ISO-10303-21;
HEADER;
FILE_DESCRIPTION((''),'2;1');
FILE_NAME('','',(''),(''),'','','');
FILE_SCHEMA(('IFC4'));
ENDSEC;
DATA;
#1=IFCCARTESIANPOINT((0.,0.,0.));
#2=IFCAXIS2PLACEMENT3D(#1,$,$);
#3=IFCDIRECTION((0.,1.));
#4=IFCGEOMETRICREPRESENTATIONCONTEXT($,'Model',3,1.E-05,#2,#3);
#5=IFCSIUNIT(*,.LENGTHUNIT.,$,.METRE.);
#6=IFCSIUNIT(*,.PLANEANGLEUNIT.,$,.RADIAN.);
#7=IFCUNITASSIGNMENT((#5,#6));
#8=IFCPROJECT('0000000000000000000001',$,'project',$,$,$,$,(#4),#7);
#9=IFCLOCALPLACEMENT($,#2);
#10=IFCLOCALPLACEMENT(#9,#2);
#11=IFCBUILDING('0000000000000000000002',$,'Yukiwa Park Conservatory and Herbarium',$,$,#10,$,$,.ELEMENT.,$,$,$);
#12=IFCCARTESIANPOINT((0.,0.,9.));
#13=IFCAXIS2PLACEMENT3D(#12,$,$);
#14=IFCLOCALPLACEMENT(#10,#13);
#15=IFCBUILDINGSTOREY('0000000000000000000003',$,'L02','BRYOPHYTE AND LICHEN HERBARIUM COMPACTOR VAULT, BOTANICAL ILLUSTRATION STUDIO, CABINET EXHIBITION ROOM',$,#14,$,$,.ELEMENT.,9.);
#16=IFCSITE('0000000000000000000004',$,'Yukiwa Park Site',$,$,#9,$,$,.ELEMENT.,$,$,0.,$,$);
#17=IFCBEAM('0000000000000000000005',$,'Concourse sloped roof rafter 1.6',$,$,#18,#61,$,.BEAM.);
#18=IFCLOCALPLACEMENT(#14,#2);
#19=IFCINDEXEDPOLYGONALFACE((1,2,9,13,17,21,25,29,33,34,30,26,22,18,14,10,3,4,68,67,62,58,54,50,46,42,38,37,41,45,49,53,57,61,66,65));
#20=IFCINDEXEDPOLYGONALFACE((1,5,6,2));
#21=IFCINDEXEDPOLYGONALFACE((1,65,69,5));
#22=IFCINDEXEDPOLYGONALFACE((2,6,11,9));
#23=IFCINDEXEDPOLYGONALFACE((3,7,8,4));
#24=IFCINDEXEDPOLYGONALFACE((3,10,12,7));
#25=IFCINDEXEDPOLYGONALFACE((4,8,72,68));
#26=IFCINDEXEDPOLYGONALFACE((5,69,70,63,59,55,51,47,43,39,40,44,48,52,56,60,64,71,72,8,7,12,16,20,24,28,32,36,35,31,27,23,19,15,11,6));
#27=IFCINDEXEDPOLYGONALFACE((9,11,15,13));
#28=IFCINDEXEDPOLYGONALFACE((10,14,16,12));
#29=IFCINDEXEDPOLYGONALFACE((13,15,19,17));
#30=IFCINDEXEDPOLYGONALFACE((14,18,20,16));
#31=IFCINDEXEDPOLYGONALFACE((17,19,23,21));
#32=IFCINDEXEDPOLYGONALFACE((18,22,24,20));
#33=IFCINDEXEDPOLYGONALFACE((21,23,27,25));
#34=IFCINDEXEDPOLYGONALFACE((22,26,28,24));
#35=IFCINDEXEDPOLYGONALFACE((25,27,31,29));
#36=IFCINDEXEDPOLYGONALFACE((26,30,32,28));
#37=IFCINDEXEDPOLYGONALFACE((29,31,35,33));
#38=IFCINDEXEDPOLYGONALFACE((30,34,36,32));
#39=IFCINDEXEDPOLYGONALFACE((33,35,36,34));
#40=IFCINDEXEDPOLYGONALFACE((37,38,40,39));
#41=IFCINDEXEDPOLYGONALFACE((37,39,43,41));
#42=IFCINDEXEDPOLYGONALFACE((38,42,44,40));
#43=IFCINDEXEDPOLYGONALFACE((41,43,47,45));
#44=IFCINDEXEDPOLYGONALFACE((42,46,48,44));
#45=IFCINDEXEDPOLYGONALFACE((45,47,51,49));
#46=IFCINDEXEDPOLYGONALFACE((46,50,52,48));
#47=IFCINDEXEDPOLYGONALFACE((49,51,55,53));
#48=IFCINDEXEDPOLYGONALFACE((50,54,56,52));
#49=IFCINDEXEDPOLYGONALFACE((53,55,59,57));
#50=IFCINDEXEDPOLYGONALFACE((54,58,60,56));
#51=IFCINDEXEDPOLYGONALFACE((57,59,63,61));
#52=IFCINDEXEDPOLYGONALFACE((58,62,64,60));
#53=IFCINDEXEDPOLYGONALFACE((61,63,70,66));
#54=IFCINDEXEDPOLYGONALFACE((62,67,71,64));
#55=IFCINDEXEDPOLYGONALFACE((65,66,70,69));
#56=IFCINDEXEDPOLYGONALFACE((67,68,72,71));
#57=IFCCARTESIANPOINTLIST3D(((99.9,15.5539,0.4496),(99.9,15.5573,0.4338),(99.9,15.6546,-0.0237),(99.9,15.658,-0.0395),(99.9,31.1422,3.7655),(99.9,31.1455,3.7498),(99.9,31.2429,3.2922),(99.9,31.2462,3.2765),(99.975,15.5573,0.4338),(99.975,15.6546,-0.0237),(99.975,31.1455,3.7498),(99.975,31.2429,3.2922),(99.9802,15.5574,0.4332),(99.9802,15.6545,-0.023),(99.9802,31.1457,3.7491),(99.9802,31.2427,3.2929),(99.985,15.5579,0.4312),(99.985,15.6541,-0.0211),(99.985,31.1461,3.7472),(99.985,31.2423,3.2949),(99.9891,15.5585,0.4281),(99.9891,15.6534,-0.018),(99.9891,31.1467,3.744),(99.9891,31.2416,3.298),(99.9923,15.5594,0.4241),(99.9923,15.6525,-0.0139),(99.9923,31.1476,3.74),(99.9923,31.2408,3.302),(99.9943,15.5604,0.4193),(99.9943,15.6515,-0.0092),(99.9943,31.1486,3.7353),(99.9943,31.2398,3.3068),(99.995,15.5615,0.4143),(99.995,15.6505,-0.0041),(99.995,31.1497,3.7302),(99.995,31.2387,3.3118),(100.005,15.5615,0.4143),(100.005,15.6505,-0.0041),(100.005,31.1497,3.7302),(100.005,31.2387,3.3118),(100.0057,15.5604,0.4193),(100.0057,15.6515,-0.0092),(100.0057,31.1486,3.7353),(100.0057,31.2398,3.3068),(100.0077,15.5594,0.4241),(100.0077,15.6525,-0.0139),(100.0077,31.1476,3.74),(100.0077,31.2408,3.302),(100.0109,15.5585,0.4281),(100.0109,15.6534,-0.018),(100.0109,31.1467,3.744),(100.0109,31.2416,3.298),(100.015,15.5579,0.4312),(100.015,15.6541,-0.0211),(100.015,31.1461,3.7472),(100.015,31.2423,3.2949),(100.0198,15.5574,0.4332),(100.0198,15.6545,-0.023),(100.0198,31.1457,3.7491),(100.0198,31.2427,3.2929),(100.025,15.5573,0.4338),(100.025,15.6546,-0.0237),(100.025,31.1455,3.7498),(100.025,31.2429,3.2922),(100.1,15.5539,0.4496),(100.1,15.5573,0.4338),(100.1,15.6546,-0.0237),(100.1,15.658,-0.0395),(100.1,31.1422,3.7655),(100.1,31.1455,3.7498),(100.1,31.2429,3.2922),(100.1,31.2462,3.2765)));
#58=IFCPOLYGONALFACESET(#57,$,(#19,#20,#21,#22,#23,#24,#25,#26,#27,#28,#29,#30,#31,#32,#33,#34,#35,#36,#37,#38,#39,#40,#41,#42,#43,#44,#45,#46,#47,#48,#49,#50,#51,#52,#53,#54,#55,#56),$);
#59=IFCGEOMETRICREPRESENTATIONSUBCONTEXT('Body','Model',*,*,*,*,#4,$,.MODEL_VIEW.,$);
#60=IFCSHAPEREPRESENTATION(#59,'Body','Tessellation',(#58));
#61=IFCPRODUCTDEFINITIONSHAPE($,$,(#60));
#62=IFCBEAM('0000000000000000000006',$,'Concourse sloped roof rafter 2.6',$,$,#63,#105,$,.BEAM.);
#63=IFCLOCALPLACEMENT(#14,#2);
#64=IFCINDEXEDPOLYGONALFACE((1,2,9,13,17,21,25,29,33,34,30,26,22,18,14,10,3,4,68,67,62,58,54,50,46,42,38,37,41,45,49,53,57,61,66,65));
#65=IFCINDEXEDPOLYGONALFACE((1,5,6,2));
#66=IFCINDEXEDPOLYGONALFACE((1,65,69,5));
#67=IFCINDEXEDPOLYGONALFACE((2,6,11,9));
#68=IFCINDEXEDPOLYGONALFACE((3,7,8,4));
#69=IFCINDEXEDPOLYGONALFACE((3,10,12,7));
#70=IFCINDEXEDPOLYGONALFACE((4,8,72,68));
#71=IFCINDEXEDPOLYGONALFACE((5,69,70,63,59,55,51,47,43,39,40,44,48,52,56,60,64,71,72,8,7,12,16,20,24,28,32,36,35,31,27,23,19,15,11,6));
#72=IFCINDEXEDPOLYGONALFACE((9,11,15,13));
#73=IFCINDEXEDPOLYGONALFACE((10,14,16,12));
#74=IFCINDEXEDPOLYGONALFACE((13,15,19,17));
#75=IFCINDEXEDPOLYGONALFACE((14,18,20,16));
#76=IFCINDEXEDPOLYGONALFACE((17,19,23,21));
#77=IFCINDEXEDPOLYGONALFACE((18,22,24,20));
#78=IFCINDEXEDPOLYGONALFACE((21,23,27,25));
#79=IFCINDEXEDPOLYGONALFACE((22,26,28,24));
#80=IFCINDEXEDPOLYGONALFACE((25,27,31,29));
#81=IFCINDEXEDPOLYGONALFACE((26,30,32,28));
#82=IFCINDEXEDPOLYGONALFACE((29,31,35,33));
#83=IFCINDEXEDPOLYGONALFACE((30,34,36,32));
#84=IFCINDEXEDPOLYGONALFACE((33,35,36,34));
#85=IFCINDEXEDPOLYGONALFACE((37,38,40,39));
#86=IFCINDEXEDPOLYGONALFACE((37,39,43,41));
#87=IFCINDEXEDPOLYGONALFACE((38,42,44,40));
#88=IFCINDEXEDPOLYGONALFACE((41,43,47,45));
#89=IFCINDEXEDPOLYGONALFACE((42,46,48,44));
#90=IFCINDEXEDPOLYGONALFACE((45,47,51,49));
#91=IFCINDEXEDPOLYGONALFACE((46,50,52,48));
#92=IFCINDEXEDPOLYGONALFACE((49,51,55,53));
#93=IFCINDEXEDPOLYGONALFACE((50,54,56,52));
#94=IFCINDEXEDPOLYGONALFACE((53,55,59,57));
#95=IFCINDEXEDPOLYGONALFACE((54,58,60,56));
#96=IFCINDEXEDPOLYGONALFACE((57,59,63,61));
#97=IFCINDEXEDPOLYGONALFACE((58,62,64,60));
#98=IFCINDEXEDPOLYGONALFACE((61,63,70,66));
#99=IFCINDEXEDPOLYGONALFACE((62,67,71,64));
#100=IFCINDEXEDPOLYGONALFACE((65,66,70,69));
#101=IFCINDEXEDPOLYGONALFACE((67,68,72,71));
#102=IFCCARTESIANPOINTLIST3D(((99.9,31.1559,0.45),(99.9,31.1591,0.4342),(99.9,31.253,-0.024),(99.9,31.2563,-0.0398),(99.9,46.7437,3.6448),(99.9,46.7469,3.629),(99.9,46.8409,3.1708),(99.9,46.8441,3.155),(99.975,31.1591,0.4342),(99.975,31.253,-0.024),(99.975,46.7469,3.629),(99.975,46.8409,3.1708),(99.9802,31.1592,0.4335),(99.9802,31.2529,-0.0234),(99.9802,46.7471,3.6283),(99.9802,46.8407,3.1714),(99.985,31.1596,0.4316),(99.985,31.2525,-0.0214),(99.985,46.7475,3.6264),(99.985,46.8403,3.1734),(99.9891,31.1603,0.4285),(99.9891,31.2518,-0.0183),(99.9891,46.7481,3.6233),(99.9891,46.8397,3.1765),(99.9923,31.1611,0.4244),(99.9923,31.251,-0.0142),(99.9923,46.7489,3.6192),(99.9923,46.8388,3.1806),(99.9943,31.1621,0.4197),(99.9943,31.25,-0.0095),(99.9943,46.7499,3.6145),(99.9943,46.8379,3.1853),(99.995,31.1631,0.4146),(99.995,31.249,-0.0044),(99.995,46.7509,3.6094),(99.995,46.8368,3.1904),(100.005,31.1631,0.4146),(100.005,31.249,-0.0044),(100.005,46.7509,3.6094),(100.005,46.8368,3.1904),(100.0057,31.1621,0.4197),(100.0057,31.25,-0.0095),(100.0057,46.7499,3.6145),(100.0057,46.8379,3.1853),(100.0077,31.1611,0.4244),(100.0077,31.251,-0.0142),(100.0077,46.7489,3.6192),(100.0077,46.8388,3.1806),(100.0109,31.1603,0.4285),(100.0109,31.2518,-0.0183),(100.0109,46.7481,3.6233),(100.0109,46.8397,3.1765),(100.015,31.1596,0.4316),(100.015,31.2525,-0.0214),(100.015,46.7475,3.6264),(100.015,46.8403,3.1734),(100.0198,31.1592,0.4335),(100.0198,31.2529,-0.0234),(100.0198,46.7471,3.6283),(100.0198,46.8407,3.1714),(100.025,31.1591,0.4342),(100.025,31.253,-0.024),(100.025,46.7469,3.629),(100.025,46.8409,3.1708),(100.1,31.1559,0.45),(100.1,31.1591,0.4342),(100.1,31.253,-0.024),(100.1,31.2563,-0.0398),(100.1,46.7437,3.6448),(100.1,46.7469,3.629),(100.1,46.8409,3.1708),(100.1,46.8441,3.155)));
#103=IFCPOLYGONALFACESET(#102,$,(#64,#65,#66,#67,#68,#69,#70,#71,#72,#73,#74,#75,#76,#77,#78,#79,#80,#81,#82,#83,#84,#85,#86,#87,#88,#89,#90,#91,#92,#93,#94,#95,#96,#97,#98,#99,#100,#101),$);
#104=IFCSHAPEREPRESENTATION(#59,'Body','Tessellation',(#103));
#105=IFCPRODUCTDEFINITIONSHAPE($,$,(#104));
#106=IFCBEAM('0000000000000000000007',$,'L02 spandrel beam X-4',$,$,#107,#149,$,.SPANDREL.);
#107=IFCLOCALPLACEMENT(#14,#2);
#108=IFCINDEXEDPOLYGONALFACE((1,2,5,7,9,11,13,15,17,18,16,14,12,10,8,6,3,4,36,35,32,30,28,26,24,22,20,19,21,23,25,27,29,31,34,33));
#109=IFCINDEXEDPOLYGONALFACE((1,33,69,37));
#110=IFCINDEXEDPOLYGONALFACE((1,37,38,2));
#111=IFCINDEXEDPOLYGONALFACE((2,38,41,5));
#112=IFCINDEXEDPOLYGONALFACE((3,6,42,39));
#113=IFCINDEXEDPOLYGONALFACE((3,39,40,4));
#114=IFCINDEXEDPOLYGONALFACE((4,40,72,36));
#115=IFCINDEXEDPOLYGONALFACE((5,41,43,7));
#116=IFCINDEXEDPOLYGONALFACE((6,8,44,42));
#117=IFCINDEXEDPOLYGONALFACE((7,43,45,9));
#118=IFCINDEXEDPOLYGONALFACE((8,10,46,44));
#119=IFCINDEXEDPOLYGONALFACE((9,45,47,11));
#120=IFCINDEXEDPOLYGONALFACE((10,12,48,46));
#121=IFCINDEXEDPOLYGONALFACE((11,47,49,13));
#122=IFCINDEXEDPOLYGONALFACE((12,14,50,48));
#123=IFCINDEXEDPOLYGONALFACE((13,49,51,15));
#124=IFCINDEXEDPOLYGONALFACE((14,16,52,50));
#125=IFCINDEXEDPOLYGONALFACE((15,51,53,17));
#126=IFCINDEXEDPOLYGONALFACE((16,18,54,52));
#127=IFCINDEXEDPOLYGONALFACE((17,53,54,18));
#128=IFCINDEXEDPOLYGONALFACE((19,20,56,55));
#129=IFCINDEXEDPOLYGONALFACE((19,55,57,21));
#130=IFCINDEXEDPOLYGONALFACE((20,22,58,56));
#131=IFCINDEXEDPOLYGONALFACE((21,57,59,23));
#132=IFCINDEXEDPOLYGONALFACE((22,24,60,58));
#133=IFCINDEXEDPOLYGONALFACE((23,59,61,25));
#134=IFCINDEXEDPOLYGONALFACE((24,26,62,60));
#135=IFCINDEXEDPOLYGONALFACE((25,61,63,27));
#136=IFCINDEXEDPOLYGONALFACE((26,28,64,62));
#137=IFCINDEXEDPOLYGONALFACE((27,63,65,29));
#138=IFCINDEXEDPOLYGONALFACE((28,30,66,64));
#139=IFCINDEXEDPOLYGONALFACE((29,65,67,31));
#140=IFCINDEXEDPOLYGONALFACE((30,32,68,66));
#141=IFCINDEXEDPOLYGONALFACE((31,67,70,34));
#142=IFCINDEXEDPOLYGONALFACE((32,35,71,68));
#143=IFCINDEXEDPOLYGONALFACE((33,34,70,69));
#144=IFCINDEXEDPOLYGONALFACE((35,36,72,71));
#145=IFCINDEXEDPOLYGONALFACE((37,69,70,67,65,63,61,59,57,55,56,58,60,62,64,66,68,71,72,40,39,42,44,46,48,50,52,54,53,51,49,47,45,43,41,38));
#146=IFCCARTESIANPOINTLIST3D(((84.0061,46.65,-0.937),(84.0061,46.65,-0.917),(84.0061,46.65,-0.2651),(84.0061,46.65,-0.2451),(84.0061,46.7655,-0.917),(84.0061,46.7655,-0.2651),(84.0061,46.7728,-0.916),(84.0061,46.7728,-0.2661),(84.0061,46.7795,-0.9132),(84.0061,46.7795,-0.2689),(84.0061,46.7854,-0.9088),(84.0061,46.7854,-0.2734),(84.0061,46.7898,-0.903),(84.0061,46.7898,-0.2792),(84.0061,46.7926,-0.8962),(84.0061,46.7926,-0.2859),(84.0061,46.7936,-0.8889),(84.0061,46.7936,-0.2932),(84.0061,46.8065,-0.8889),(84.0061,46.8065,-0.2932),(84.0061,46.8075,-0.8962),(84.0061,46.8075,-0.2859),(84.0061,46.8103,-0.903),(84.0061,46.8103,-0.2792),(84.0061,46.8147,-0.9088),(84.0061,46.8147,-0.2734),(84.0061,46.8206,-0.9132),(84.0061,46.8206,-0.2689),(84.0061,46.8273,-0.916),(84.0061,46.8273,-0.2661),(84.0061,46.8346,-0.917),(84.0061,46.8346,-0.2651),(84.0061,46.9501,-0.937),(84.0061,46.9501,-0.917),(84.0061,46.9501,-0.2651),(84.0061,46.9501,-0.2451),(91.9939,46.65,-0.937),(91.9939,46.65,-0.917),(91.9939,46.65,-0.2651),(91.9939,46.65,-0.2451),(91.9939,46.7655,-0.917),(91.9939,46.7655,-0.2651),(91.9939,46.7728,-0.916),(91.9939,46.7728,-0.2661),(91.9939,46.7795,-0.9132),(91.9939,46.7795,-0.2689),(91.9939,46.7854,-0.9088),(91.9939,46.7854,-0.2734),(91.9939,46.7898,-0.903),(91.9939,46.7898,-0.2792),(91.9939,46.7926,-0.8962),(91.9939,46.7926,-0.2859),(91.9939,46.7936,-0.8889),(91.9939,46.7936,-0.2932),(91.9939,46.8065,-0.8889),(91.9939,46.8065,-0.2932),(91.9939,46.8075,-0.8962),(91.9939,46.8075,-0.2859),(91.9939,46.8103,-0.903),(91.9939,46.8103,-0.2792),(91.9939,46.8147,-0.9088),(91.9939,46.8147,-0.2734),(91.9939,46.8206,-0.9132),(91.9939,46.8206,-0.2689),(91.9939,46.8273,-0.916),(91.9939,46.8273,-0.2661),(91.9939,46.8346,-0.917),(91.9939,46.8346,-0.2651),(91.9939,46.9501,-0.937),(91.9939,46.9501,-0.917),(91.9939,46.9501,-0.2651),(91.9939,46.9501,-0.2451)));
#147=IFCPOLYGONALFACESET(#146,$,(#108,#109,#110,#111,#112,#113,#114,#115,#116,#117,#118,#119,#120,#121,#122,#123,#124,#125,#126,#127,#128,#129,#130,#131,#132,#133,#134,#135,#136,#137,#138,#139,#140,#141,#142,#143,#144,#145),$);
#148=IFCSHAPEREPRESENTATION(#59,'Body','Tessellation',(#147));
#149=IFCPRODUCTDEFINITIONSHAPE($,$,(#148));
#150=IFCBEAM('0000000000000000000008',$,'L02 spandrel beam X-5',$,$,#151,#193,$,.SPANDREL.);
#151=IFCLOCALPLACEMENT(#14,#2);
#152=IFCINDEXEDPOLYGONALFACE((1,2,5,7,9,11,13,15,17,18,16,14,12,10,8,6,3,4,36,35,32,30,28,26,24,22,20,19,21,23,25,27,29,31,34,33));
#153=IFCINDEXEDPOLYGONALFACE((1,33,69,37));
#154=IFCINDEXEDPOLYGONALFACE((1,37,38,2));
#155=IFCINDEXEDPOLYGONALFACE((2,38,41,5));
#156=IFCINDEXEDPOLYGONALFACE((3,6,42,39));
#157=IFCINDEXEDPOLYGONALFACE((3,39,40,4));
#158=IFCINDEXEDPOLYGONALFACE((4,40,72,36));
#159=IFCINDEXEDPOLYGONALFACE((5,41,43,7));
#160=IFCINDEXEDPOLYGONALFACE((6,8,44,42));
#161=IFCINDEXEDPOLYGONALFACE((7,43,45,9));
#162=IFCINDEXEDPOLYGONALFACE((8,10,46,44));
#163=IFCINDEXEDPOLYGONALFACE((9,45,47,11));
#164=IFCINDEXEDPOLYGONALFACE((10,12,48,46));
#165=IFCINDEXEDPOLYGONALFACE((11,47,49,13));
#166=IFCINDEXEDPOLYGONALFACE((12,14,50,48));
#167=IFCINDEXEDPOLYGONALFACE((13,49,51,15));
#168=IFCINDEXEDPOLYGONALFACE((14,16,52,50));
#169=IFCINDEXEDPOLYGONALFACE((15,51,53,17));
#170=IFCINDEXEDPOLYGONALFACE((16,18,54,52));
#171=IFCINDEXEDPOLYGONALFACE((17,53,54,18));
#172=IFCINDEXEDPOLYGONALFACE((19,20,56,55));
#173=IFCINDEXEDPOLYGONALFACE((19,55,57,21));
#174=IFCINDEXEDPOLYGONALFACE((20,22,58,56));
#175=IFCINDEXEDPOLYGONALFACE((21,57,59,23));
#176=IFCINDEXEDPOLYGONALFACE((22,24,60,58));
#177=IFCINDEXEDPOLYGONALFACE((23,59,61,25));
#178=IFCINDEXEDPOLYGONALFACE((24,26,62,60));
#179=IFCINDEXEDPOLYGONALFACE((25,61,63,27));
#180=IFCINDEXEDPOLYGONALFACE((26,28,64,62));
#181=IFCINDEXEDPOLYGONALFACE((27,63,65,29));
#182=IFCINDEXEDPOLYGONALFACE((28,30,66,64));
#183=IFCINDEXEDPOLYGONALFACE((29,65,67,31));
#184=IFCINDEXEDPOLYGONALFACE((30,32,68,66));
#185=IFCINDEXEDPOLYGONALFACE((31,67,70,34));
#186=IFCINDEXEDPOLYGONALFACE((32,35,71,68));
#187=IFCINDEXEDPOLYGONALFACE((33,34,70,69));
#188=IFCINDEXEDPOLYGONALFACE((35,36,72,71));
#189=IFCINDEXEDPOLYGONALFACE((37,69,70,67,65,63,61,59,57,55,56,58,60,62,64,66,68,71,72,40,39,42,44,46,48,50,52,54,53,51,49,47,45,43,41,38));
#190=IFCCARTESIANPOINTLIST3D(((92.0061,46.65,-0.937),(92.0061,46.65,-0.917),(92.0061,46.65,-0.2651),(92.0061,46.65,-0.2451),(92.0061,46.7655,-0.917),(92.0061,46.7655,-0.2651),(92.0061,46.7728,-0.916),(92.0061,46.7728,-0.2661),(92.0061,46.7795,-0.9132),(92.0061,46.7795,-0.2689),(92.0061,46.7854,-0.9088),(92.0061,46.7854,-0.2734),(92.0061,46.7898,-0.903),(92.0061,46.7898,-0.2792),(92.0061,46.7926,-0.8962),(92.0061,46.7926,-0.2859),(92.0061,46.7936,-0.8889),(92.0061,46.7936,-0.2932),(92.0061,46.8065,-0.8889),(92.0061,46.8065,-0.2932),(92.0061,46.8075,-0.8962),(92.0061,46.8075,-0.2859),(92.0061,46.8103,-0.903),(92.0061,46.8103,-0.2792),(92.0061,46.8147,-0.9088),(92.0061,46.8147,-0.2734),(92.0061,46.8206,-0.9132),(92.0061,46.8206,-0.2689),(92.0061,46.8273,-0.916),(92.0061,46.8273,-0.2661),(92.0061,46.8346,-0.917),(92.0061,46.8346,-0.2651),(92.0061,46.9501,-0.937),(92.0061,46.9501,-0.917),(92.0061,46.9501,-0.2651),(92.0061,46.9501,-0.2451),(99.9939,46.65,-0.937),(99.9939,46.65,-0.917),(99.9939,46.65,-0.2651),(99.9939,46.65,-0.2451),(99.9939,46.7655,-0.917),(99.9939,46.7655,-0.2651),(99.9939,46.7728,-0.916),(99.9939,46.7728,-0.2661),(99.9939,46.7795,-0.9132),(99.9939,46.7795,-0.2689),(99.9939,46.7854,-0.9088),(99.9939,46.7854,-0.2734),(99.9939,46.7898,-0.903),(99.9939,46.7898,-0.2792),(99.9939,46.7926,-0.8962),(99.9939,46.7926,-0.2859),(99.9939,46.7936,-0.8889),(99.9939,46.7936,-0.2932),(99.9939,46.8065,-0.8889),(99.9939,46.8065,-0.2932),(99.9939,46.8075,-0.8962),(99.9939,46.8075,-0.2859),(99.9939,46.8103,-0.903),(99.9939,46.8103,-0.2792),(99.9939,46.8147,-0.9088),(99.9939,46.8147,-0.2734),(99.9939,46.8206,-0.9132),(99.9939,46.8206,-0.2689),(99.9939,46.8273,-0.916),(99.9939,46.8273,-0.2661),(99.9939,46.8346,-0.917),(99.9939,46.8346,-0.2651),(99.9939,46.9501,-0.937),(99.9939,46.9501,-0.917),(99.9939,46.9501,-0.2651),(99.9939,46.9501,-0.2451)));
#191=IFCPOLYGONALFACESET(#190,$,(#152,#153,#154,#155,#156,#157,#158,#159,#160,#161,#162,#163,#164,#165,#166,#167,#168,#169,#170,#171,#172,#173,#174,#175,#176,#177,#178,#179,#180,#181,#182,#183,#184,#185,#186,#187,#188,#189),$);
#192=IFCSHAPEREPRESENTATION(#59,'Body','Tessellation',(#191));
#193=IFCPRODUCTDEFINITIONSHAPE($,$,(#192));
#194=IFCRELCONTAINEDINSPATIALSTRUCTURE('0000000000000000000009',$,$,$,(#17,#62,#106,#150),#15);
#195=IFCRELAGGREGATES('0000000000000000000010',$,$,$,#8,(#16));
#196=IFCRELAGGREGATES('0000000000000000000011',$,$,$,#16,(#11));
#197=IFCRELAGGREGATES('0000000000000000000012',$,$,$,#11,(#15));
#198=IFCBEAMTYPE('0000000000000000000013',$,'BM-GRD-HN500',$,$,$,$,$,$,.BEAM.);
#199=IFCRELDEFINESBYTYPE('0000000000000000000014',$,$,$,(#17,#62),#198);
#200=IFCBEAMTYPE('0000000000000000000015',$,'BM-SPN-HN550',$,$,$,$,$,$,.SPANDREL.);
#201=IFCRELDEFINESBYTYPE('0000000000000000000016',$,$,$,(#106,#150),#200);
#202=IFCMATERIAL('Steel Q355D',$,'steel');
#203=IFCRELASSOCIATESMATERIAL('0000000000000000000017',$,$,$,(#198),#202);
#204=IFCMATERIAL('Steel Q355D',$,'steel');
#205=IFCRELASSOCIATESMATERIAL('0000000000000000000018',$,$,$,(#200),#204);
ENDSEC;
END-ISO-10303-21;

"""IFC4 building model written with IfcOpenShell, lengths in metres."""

from ifc_helpers import new_model, si_unit, direction, frame, origin, origin_2d, place, context, subcontext, project, spatial, i_section, extrude, material, material_profile, profile_set, type_object, element, save


model = new_model("IFC4")

# Units and contexts
model_context = context("Model", 3, precision=1e-05, world=origin(), true_north=direction((0.0, 1.0)))
body_context = subcontext(model_context, "Body", "Model", "MODEL_VIEW")
ifc_project = project(units=[si_unit("LENGTHUNIT", "METRE"), si_unit("PLANEANGLEUNIT", "RADIAN")], contexts=[model_context])

# Site, building, storey
site_placement = place(None, origin())
site = spatial("IfcSite", under=ifc_project, at=site_placement, Name="Yukiwa Park Site", CompositionType="ELEMENT", RefElevation=0.0)
building_placement = place(site_placement, origin())
building = spatial("IfcBuilding", under=site, at=building_placement, Name="Yukiwa Park Conservatory and Herbarium", CompositionType="ELEMENT")
storey_placement = place(building_placement, frame((0.0, 0.0, 9.0)))
storey = spatial("IfcBuildingStorey", under=building, at=storey_placement, Name="L02", Description="BRYOPHYTE AND LICHEN HERBARIUM COMPACTOR VAULT, BOTANICAL ILLUSTRATION STUDIO, CABINET EXHIBITION ROOM", CompositionType="ELEMENT", Elevation=9.0)

# Beams
ifc_material_1 = material(Name="Steel Q355D", Category="steel")
ifc_material_profile_1 = material_profile(ifc_material_1, i_section(OverallWidth=0.2, OverallDepth=0.5, WebThickness=0.01, FlangeThickness=0.0161, FilletRadius=0.02, at=origin_2d()), Name="HN 500x200x10x16")
ifc_profile_set_1 = profile_set([ifc_material_profile_1], Name="Steel Q355D")
beam_type_1 = type_object("IfcBeamType", Name="BM-GRD-HN500", PredefinedType="BEAM", material=ifc_profile_set_1)
beam_1_placement = place(storey_placement, frame((100.0, 15.606, 0.2051), z_axis=(0.0, 0.978115, 0.208065), x_axis=(-1.0, 0.0, 0.0)))
element("IfcBeam", 1, at=beam_1_placement, inside=storey, type_object=beam_type_1, Name="Concourse sloped roof rafter 1.6", PredefinedType="BEAM", context=body_context, shape_type="SweptSolid", body=[
    extrude(i_section(OverallWidth=0.2, OverallDepth=0.5, WebThickness=0.01, FlangeThickness=0.0161, FilletRadius=0.02, at=origin_2d()), origin(), (0.0, 0.0, 1.0), 15.937),
])
beam_2_placement = place(storey_placement, frame((100.0, 31.2061, 0.2051), z_axis=(0.0, 0.979636, 0.200782), x_axis=(-1.0, 0.0, 0.0)))
element("IfcBeam", 2, at=beam_2_placement, inside=storey, type_object=beam_type_1, Name="Concourse sloped roof rafter 2.6", PredefinedType="BEAM", context=body_context, shape_type="SweptSolid", body=[
    extrude(i_section(OverallWidth=0.2, OverallDepth=0.5, WebThickness=0.01, FlangeThickness=0.0161, FilletRadius=0.02, at=origin_2d()), origin(), (0.0, 0.0, 1.0), 15.9119),
])
ifc_material_2 = material(Name="Steel Q355D", Category="steel")
ifc_material_profile_2 = material_profile(ifc_material_2, i_section(OverallWidth=0.3, OverallDepth=0.6919, WebThickness=0.0129, FlangeThickness=0.02, FilletRadius=0.0281, at=origin_2d()), Name="HN 692x300x13x20")
ifc_profile_set_2 = profile_set([ifc_material_profile_2], Name="Steel Q355D")
beam_type_2 = type_object("IfcBeamType", Name="BM-SPN-HN550", PredefinedType="SPANDREL", material=ifc_profile_set_2)
for number, where, z_axis, x_axis, name in (
    (3, (84.0061, 46.8, -0.5911), (1.0, 0.0, 0.0), (0.0, 1.0, 0.0), "L02 spandrel beam X-4"),
    (4, (92.0061, 46.8, -0.5911), (1.0, 0.0, 0.0), (0.0, 1.0, 0.0), "L02 spandrel beam X-5"),
):
    element("IfcBeam", number, at=place(storey_placement, frame(where, z_axis=z_axis, x_axis=x_axis)), inside=storey, type_object=beam_type_2, Name=name, PredefinedType="SPANDREL", context=body_context, shape_type="SweptSolid", body=[
        extrude(i_section(OverallWidth=0.3, OverallDepth=0.6919, WebThickness=0.0129, FlangeThickness=0.02, FilletRadius=0.0281, at=origin_2d()), origin(), (0.0, 0.0, 1.0), 7.9878),
    ])

save(model, "model.ifc")
